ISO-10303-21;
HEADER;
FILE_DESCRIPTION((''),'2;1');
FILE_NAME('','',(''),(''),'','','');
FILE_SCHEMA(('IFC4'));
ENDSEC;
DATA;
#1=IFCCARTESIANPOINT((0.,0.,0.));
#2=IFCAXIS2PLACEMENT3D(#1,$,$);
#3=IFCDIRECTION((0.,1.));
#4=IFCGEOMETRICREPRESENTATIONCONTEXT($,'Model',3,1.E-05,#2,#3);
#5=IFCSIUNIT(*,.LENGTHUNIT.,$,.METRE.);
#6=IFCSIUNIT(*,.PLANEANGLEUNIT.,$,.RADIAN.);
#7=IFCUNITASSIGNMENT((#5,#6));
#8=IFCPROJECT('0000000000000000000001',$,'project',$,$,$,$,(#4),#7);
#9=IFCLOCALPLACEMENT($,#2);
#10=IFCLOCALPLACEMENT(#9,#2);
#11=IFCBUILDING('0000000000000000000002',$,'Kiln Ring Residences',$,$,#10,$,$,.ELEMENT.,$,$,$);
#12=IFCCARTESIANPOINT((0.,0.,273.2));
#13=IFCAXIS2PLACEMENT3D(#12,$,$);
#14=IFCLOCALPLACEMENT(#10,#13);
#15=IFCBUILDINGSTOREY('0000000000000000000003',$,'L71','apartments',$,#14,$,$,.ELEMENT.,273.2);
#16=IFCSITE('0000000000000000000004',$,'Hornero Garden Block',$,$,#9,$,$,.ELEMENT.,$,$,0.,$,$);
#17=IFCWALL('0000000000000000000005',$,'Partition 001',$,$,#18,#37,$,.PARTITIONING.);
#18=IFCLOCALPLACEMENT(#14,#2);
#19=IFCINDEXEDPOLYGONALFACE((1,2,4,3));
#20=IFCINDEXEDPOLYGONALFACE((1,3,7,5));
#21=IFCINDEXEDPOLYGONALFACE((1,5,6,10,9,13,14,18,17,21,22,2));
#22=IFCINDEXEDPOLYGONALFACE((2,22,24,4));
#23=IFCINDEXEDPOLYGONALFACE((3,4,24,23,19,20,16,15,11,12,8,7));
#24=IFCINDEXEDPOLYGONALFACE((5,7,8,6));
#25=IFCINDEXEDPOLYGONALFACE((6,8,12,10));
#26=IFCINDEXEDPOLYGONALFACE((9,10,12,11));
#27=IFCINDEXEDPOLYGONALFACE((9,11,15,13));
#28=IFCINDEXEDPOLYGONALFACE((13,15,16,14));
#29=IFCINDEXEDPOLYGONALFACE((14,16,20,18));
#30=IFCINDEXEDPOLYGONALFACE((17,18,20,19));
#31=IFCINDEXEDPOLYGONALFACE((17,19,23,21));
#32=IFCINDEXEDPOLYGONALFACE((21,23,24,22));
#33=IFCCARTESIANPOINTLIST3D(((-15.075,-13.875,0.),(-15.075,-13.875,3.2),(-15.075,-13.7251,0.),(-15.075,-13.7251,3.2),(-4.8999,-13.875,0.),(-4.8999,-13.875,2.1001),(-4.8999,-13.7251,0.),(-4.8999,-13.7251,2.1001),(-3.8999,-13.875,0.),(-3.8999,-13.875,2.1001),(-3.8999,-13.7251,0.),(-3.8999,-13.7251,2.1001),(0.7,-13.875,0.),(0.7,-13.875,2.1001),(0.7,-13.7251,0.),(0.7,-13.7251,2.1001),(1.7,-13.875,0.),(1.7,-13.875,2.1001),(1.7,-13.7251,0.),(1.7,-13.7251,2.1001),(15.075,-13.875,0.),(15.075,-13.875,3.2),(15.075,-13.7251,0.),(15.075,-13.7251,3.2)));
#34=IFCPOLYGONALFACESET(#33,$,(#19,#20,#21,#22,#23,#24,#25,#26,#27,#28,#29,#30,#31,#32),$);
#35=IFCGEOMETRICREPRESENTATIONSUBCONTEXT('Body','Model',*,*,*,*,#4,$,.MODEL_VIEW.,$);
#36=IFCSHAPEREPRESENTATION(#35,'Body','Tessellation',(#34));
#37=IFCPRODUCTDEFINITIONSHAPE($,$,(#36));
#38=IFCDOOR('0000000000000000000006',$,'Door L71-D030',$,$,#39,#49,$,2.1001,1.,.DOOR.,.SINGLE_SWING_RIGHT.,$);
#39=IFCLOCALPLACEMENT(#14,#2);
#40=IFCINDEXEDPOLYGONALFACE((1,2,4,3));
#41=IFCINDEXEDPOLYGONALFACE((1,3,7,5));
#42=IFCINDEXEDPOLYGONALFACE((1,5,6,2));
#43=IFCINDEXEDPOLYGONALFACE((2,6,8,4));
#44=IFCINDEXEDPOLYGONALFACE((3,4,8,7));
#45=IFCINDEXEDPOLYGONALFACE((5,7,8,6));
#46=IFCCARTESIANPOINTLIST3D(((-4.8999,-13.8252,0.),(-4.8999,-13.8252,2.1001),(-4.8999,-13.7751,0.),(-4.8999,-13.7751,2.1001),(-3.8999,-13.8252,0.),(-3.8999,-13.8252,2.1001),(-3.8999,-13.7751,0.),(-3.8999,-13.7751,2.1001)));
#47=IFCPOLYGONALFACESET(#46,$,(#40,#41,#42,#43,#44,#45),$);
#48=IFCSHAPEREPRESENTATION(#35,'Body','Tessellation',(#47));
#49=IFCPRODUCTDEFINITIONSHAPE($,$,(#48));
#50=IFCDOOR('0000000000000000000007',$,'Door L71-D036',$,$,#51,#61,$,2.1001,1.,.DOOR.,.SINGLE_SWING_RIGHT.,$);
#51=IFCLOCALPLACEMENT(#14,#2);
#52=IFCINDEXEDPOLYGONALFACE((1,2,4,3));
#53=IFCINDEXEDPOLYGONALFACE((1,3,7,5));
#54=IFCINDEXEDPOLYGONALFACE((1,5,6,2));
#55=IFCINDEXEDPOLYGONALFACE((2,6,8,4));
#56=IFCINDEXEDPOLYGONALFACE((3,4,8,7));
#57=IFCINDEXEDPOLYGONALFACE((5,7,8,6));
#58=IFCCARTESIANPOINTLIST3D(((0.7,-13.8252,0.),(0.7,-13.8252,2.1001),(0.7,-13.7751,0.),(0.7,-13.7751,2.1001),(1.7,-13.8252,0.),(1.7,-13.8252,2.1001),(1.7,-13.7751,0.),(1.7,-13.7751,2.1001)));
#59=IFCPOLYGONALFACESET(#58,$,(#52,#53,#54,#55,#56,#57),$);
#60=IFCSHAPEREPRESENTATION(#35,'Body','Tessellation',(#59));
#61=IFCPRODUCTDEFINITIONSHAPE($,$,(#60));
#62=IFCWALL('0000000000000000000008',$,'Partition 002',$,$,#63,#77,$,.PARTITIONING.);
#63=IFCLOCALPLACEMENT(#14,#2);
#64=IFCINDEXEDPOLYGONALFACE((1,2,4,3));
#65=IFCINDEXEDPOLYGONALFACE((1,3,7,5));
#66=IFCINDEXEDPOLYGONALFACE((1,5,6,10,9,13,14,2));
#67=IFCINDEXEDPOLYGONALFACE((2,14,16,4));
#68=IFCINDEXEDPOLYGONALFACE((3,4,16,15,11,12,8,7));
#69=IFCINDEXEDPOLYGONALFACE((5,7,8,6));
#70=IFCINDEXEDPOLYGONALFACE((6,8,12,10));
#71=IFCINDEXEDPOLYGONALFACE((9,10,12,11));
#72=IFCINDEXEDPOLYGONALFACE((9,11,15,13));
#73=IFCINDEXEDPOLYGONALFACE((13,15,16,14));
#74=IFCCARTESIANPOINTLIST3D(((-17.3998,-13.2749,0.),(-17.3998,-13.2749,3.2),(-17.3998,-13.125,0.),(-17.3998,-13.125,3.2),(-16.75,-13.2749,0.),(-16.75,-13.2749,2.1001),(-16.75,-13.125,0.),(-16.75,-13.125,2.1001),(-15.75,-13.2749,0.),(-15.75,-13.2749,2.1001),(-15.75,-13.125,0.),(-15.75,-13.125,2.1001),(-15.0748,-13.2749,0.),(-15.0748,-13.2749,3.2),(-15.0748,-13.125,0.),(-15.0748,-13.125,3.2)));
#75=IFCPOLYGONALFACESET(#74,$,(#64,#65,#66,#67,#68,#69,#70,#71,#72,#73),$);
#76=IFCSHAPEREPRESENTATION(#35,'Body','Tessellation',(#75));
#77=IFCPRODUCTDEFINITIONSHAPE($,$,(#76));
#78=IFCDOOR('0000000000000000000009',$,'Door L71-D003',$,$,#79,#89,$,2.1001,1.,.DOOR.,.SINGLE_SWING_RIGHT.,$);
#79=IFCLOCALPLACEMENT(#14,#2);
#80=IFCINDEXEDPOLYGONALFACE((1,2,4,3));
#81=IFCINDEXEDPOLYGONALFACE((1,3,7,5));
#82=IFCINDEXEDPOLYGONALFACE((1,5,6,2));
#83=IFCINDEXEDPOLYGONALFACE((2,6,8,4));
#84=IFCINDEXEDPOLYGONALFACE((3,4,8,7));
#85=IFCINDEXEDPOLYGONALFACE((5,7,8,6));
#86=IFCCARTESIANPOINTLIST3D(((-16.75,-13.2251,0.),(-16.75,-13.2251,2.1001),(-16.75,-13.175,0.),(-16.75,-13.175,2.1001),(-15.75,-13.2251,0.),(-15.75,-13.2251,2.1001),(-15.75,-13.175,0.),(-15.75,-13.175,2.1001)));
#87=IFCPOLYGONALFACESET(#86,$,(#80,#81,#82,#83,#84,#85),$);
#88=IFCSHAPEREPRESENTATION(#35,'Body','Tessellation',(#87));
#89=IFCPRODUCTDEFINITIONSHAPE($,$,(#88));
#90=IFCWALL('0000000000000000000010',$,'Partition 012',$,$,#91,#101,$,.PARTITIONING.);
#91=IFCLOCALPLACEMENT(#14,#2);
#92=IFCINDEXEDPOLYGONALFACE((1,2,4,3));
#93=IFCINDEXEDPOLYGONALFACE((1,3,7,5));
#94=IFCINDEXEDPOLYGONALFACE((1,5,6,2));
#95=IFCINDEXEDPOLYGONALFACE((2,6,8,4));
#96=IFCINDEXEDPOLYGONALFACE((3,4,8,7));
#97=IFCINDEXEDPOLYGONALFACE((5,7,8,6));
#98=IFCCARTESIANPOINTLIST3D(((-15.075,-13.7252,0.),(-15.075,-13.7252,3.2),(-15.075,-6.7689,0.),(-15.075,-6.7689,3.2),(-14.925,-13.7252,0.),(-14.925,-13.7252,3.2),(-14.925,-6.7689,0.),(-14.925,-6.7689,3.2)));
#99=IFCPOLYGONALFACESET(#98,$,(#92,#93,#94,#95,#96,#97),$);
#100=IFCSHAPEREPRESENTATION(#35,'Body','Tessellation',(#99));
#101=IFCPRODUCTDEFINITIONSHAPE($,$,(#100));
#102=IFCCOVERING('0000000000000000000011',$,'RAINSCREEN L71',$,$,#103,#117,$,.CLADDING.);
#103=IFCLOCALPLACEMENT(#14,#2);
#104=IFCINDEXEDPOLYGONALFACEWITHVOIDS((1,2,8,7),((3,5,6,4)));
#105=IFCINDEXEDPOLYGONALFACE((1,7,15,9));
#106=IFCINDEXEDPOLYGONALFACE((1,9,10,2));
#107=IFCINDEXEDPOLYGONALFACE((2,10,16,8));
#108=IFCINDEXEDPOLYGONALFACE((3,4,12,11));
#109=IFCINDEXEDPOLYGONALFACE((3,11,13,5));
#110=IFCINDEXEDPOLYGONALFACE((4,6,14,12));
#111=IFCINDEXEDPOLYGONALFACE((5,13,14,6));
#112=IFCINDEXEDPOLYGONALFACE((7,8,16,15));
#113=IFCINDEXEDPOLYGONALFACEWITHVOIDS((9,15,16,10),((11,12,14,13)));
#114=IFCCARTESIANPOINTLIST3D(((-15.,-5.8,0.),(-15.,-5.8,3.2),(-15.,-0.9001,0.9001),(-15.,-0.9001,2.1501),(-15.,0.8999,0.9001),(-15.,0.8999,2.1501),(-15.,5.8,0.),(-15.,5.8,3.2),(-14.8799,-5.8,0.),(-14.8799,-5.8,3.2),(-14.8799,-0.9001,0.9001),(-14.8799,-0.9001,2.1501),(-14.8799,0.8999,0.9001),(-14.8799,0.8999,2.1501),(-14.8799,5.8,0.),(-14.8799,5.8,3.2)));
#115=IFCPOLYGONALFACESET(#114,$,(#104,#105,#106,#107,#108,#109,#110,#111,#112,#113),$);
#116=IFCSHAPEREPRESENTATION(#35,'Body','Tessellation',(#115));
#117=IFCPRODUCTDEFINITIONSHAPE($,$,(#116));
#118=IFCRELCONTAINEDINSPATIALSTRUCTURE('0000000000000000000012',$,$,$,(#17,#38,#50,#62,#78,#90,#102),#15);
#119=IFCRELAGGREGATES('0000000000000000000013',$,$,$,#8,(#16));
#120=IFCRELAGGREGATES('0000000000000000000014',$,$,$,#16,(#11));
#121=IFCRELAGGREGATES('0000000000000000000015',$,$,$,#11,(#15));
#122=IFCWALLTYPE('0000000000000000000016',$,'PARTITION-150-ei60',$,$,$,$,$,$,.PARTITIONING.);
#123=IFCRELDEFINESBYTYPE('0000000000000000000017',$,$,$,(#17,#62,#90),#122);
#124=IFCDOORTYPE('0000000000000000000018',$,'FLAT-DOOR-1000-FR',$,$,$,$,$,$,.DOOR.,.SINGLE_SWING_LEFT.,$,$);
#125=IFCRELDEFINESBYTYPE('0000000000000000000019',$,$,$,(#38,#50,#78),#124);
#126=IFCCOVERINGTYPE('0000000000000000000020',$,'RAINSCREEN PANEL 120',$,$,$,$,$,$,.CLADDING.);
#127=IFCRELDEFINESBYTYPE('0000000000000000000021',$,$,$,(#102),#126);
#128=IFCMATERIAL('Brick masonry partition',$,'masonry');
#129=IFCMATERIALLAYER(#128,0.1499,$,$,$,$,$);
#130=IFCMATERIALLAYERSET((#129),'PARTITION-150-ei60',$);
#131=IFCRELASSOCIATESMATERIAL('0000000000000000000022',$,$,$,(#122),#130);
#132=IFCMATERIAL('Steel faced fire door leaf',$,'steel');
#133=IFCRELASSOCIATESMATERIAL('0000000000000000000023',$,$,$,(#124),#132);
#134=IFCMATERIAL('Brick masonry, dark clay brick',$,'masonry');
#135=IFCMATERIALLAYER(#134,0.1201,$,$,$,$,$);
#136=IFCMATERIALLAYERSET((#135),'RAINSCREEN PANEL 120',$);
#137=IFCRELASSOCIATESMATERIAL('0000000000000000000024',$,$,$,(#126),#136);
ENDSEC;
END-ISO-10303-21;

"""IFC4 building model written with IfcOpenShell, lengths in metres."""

from ifc_helpers import new_model, si_unit, direction, frame, frame_2d, origin, place, context, subcontext, project, spatial, polyline, rectangle, outline, extrude, material, layer, layer_set, type_object, element, fill, save


model = new_model("IFC4")

# Units and contexts
model_context = context("Model", 3, precision=1e-05, world=origin(), true_north=direction((0.0, 1.0)))
body_context = subcontext(model_context, "Body", "Model", "MODEL_VIEW")
ifc_project = project(units=[si_unit("LENGTHUNIT", "METRE"), si_unit("PLANEANGLEUNIT", "RADIAN")], contexts=[model_context])

# Site, building, storey
site_placement = place(None, origin())
site = spatial("IfcSite", under=ifc_project, at=site_placement, Name="Hornero Garden Block", CompositionType="ELEMENT", RefElevation=0.0)
building_placement = place(site_placement, origin())
building = spatial("IfcBuilding", under=site, at=building_placement, Name="Kiln Ring Residences", CompositionType="ELEMENT")
storey_placement = place(building_placement, frame((0.0, 0.0, 273.2)))
storey = spatial("IfcBuildingStorey", under=building, at=storey_placement, Name="L71", Description="apartments", CompositionType="ELEMENT", Elevation=273.2)

# Wall, openings, doors
ifc_material_1 = material(Name="Brick masonry partition", Category="masonry")
ifc_layer_1 = layer(ifc_material_1, 0.1499)
ifc_layer_set_1 = layer_set([ifc_layer_1], Name="PARTITION-150-ei60")
wall_type_1 = type_object("IfcWallType", Name="PARTITION-150-ei60", PredefinedType="PARTITIONING", material=ifc_layer_set_1)
wall_1_placement = place(storey_placement, frame((-15.075, -13.8, 0.0), z_axis=(0.0, 0.0, 1.0), x_axis=(1.0, 0.0, 0.0)))
wall_1 = element("IfcWall", 1, at=wall_1_placement, inside=storey, type_object=wall_type_1, Name="Partition 001", PredefinedType="PARTITIONING", context=body_context, shape_type="SweptSolid", body=[
    extrude(rectangle(XDim=30.1499, YDim=0.1499, at=frame_2d((15.075, 0.0))), origin(), (0.0, 0.0, 1.0), 3.2),
])
opening_1_placement = place(wall_1_placement, frame((10.175, 0.0, 0.0)))
opening_1 = element("IfcOpeningElement", 2, at=opening_1_placement, cuts=wall_1, PredefinedType="OPENING", context=body_context, shape_type="SweptSolid", body=[
    extrude(rectangle(XDim=1.0, YDim=2.1001, at=frame_2d((0.5, 1.05))), frame((0.0, 0.085, 0.0), z_axis=(0.0, -1.0, 0.0), x_axis=(1.0, 0.0, 0.0)), (0.0, 0.0, 1.0), 0.1699),
])
opening_2_placement = place(wall_1_placement, frame((15.7749, 0.0, 0.0)))
opening_2 = element("IfcOpeningElement", 3, at=opening_2_placement, cuts=wall_1, PredefinedType="OPENING", context=body_context, shape_type="SweptSolid", body=[
    extrude(rectangle(XDim=1.0, YDim=2.1001, at=frame_2d((0.5, 1.05))), frame((0.0, 0.085, 0.0), z_axis=(0.0, -1.0, 0.0), x_axis=(1.0, 0.0, 0.0)), (0.0, 0.0, 1.0), 0.1699),
])
ifc_material_2 = material(Name="Steel faced fire door leaf", Category="steel")
door_type_1 = type_object("IfcDoorType", Name="FLAT-DOOR-1000-FR", OperationType="SINGLE_SWING_LEFT", PredefinedType="DOOR", material=ifc_material_2)
door_1_placement = place(opening_1_placement, origin())
door_1 = element("IfcDoor", 4, at=door_1_placement, inside=storey, type_object=door_type_1, Name="Door L71-D030", OperationType="SINGLE_SWING_RIGHT", OverallHeight=2.1001, OverallWidth=1.0, PredefinedType="DOOR", context=body_context, shape_type="SweptSolid", body=[
    extrude(rectangle(XDim=1.0, YDim=2.1001, at=frame_2d((0.5, 1.05))), frame((0.0, 0.0249, 0.0), z_axis=(0.0, -1.0, 0.0), x_axis=(1.0, 0.0, 0.0)), (0.0, 0.0, 1.0), 0.05),
])
fill(opening_1, door_1)
door_2_placement = place(opening_2_placement, origin())
door_2 = element("IfcDoor", 5, at=door_2_placement, inside=storey, type_object=door_type_1, Name="Door L71-D036", OperationType="SINGLE_SWING_RIGHT", OverallHeight=2.1001, OverallWidth=1.0, PredefinedType="DOOR", context=body_context, shape_type="SweptSolid", body=[
    extrude(rectangle(XDim=1.0, YDim=2.1001, at=frame_2d((0.5, 1.05))), frame((0.0, 0.0249, 0.0), z_axis=(0.0, -1.0, 0.0), x_axis=(1.0, 0.0, 0.0)), (0.0, 0.0, 1.0), 0.05),
])
fill(opening_2, door_2)

# Wall, opening, door
wall_2_placement = place(storey_placement, frame((-17.3999, -13.2, 0.0), z_axis=(0.0, 0.0, 1.0), x_axis=(1.0, 0.0, 0.0)))
wall_2 = element("IfcWall", 6, at=wall_2_placement, inside=storey, type_object=wall_type_1, Name="Partition 002", PredefinedType="PARTITIONING", context=body_context, shape_type="SweptSolid", body=[
    extrude(rectangle(XDim=2.325, YDim=0.1499, at=frame_2d((1.1626, 0.0))), origin(), (0.0, 0.0, 1.0), 3.2),
])
opening_3_placement = place(wall_2_placement, frame((0.6499, 0.0, 0.0)))
opening_3 = element("IfcOpeningElement", 7, at=opening_3_placement, cuts=wall_2, PredefinedType="OPENING", context=body_context, shape_type="SweptSolid", body=[
    extrude(rectangle(XDim=1.0, YDim=2.1001, at=frame_2d((0.5, 1.05))), frame((0.0, 0.085, 0.0), z_axis=(0.0, -1.0, 0.0), x_axis=(1.0, 0.0, 0.0)), (0.0, 0.0, 1.0), 0.1699),
])
door_3_placement = place(opening_3_placement, origin())
door_3 = element("IfcDoor", 8, at=door_3_placement, inside=storey, type_object=door_type_1, Name="Door L71-D003", OperationType="SINGLE_SWING_RIGHT", OverallHeight=2.1001, OverallWidth=1.0, PredefinedType="DOOR", context=body_context, shape_type="SweptSolid", body=[
    extrude(rectangle(XDim=1.0, YDim=2.1001, at=frame_2d((0.5, 1.05))), frame((0.0, 0.0249, 0.0), z_axis=(0.0, -1.0, 0.0), x_axis=(1.0, 0.0, 0.0)), (0.0, 0.0, 1.0), 0.05),
])
fill(opening_3, door_3)

# Wall
wall_3_placement = place(storey_placement, frame((-15.0, -13.7251, 0.0), z_axis=(0.0, 0.0, 1.0), x_axis=(0.0, 1.0, 0.0)))
element("IfcWall", 9, at=wall_3_placement, inside=storey, type_object=wall_type_1, Name="Partition 012", PredefinedType="PARTITIONING", context=body_context, shape_type="SweptSolid", body=[
    extrude(rectangle(XDim=6.9563, YDim=0.1499, at=frame_2d((3.478, 0.0))), origin(), (0.0, 0.0, 1.0), 3.2),
])

# Covering
ifc_material_3 = material(Name="Brick masonry, dark clay brick", Category="masonry")
ifc_layer_2 = layer(ifc_material_3, 0.1201)
ifc_layer_set_2 = layer_set([ifc_layer_2], Name="RAINSCREEN PANEL 120")
covering_type = type_object("IfcCoveringType", Name="RAINSCREEN PANEL 120", PredefinedType="CLADDING", material=ifc_layer_set_2)
covering_placement = place(storey_placement, frame((-14.9399, -5.8, 0.0), z_axis=(0.0, 0.0, 1.0), x_axis=(0.0, 1.0, 0.0)))
element("IfcCovering", 10, at=covering_placement, inside=storey, type_object=covering_type, Name="RAINSCREEN L71", PredefinedType="CLADDING", context=body_context, shape_type="SweptSolid", body=[
    extrude(outline(polyline([(0.0, 0.0), (11.6001, 0.0), (11.6001, 3.2), (0.0, 3.2), (0.0, 0.0)]), holes=[polyline([(4.8999, 2.1501), (4.8999, 0.9001), (6.7, 0.9001), (6.7, 2.1501), (4.8999, 2.1501)])]), frame((0.0, 0.0601, 0.0), z_axis=(0.0, -1.0, 0.0), x_axis=(1.0, 0.0, 0.0)), (0.0, 0.0, 1.0), 0.1201),
])

save(model, "model.ifc")
